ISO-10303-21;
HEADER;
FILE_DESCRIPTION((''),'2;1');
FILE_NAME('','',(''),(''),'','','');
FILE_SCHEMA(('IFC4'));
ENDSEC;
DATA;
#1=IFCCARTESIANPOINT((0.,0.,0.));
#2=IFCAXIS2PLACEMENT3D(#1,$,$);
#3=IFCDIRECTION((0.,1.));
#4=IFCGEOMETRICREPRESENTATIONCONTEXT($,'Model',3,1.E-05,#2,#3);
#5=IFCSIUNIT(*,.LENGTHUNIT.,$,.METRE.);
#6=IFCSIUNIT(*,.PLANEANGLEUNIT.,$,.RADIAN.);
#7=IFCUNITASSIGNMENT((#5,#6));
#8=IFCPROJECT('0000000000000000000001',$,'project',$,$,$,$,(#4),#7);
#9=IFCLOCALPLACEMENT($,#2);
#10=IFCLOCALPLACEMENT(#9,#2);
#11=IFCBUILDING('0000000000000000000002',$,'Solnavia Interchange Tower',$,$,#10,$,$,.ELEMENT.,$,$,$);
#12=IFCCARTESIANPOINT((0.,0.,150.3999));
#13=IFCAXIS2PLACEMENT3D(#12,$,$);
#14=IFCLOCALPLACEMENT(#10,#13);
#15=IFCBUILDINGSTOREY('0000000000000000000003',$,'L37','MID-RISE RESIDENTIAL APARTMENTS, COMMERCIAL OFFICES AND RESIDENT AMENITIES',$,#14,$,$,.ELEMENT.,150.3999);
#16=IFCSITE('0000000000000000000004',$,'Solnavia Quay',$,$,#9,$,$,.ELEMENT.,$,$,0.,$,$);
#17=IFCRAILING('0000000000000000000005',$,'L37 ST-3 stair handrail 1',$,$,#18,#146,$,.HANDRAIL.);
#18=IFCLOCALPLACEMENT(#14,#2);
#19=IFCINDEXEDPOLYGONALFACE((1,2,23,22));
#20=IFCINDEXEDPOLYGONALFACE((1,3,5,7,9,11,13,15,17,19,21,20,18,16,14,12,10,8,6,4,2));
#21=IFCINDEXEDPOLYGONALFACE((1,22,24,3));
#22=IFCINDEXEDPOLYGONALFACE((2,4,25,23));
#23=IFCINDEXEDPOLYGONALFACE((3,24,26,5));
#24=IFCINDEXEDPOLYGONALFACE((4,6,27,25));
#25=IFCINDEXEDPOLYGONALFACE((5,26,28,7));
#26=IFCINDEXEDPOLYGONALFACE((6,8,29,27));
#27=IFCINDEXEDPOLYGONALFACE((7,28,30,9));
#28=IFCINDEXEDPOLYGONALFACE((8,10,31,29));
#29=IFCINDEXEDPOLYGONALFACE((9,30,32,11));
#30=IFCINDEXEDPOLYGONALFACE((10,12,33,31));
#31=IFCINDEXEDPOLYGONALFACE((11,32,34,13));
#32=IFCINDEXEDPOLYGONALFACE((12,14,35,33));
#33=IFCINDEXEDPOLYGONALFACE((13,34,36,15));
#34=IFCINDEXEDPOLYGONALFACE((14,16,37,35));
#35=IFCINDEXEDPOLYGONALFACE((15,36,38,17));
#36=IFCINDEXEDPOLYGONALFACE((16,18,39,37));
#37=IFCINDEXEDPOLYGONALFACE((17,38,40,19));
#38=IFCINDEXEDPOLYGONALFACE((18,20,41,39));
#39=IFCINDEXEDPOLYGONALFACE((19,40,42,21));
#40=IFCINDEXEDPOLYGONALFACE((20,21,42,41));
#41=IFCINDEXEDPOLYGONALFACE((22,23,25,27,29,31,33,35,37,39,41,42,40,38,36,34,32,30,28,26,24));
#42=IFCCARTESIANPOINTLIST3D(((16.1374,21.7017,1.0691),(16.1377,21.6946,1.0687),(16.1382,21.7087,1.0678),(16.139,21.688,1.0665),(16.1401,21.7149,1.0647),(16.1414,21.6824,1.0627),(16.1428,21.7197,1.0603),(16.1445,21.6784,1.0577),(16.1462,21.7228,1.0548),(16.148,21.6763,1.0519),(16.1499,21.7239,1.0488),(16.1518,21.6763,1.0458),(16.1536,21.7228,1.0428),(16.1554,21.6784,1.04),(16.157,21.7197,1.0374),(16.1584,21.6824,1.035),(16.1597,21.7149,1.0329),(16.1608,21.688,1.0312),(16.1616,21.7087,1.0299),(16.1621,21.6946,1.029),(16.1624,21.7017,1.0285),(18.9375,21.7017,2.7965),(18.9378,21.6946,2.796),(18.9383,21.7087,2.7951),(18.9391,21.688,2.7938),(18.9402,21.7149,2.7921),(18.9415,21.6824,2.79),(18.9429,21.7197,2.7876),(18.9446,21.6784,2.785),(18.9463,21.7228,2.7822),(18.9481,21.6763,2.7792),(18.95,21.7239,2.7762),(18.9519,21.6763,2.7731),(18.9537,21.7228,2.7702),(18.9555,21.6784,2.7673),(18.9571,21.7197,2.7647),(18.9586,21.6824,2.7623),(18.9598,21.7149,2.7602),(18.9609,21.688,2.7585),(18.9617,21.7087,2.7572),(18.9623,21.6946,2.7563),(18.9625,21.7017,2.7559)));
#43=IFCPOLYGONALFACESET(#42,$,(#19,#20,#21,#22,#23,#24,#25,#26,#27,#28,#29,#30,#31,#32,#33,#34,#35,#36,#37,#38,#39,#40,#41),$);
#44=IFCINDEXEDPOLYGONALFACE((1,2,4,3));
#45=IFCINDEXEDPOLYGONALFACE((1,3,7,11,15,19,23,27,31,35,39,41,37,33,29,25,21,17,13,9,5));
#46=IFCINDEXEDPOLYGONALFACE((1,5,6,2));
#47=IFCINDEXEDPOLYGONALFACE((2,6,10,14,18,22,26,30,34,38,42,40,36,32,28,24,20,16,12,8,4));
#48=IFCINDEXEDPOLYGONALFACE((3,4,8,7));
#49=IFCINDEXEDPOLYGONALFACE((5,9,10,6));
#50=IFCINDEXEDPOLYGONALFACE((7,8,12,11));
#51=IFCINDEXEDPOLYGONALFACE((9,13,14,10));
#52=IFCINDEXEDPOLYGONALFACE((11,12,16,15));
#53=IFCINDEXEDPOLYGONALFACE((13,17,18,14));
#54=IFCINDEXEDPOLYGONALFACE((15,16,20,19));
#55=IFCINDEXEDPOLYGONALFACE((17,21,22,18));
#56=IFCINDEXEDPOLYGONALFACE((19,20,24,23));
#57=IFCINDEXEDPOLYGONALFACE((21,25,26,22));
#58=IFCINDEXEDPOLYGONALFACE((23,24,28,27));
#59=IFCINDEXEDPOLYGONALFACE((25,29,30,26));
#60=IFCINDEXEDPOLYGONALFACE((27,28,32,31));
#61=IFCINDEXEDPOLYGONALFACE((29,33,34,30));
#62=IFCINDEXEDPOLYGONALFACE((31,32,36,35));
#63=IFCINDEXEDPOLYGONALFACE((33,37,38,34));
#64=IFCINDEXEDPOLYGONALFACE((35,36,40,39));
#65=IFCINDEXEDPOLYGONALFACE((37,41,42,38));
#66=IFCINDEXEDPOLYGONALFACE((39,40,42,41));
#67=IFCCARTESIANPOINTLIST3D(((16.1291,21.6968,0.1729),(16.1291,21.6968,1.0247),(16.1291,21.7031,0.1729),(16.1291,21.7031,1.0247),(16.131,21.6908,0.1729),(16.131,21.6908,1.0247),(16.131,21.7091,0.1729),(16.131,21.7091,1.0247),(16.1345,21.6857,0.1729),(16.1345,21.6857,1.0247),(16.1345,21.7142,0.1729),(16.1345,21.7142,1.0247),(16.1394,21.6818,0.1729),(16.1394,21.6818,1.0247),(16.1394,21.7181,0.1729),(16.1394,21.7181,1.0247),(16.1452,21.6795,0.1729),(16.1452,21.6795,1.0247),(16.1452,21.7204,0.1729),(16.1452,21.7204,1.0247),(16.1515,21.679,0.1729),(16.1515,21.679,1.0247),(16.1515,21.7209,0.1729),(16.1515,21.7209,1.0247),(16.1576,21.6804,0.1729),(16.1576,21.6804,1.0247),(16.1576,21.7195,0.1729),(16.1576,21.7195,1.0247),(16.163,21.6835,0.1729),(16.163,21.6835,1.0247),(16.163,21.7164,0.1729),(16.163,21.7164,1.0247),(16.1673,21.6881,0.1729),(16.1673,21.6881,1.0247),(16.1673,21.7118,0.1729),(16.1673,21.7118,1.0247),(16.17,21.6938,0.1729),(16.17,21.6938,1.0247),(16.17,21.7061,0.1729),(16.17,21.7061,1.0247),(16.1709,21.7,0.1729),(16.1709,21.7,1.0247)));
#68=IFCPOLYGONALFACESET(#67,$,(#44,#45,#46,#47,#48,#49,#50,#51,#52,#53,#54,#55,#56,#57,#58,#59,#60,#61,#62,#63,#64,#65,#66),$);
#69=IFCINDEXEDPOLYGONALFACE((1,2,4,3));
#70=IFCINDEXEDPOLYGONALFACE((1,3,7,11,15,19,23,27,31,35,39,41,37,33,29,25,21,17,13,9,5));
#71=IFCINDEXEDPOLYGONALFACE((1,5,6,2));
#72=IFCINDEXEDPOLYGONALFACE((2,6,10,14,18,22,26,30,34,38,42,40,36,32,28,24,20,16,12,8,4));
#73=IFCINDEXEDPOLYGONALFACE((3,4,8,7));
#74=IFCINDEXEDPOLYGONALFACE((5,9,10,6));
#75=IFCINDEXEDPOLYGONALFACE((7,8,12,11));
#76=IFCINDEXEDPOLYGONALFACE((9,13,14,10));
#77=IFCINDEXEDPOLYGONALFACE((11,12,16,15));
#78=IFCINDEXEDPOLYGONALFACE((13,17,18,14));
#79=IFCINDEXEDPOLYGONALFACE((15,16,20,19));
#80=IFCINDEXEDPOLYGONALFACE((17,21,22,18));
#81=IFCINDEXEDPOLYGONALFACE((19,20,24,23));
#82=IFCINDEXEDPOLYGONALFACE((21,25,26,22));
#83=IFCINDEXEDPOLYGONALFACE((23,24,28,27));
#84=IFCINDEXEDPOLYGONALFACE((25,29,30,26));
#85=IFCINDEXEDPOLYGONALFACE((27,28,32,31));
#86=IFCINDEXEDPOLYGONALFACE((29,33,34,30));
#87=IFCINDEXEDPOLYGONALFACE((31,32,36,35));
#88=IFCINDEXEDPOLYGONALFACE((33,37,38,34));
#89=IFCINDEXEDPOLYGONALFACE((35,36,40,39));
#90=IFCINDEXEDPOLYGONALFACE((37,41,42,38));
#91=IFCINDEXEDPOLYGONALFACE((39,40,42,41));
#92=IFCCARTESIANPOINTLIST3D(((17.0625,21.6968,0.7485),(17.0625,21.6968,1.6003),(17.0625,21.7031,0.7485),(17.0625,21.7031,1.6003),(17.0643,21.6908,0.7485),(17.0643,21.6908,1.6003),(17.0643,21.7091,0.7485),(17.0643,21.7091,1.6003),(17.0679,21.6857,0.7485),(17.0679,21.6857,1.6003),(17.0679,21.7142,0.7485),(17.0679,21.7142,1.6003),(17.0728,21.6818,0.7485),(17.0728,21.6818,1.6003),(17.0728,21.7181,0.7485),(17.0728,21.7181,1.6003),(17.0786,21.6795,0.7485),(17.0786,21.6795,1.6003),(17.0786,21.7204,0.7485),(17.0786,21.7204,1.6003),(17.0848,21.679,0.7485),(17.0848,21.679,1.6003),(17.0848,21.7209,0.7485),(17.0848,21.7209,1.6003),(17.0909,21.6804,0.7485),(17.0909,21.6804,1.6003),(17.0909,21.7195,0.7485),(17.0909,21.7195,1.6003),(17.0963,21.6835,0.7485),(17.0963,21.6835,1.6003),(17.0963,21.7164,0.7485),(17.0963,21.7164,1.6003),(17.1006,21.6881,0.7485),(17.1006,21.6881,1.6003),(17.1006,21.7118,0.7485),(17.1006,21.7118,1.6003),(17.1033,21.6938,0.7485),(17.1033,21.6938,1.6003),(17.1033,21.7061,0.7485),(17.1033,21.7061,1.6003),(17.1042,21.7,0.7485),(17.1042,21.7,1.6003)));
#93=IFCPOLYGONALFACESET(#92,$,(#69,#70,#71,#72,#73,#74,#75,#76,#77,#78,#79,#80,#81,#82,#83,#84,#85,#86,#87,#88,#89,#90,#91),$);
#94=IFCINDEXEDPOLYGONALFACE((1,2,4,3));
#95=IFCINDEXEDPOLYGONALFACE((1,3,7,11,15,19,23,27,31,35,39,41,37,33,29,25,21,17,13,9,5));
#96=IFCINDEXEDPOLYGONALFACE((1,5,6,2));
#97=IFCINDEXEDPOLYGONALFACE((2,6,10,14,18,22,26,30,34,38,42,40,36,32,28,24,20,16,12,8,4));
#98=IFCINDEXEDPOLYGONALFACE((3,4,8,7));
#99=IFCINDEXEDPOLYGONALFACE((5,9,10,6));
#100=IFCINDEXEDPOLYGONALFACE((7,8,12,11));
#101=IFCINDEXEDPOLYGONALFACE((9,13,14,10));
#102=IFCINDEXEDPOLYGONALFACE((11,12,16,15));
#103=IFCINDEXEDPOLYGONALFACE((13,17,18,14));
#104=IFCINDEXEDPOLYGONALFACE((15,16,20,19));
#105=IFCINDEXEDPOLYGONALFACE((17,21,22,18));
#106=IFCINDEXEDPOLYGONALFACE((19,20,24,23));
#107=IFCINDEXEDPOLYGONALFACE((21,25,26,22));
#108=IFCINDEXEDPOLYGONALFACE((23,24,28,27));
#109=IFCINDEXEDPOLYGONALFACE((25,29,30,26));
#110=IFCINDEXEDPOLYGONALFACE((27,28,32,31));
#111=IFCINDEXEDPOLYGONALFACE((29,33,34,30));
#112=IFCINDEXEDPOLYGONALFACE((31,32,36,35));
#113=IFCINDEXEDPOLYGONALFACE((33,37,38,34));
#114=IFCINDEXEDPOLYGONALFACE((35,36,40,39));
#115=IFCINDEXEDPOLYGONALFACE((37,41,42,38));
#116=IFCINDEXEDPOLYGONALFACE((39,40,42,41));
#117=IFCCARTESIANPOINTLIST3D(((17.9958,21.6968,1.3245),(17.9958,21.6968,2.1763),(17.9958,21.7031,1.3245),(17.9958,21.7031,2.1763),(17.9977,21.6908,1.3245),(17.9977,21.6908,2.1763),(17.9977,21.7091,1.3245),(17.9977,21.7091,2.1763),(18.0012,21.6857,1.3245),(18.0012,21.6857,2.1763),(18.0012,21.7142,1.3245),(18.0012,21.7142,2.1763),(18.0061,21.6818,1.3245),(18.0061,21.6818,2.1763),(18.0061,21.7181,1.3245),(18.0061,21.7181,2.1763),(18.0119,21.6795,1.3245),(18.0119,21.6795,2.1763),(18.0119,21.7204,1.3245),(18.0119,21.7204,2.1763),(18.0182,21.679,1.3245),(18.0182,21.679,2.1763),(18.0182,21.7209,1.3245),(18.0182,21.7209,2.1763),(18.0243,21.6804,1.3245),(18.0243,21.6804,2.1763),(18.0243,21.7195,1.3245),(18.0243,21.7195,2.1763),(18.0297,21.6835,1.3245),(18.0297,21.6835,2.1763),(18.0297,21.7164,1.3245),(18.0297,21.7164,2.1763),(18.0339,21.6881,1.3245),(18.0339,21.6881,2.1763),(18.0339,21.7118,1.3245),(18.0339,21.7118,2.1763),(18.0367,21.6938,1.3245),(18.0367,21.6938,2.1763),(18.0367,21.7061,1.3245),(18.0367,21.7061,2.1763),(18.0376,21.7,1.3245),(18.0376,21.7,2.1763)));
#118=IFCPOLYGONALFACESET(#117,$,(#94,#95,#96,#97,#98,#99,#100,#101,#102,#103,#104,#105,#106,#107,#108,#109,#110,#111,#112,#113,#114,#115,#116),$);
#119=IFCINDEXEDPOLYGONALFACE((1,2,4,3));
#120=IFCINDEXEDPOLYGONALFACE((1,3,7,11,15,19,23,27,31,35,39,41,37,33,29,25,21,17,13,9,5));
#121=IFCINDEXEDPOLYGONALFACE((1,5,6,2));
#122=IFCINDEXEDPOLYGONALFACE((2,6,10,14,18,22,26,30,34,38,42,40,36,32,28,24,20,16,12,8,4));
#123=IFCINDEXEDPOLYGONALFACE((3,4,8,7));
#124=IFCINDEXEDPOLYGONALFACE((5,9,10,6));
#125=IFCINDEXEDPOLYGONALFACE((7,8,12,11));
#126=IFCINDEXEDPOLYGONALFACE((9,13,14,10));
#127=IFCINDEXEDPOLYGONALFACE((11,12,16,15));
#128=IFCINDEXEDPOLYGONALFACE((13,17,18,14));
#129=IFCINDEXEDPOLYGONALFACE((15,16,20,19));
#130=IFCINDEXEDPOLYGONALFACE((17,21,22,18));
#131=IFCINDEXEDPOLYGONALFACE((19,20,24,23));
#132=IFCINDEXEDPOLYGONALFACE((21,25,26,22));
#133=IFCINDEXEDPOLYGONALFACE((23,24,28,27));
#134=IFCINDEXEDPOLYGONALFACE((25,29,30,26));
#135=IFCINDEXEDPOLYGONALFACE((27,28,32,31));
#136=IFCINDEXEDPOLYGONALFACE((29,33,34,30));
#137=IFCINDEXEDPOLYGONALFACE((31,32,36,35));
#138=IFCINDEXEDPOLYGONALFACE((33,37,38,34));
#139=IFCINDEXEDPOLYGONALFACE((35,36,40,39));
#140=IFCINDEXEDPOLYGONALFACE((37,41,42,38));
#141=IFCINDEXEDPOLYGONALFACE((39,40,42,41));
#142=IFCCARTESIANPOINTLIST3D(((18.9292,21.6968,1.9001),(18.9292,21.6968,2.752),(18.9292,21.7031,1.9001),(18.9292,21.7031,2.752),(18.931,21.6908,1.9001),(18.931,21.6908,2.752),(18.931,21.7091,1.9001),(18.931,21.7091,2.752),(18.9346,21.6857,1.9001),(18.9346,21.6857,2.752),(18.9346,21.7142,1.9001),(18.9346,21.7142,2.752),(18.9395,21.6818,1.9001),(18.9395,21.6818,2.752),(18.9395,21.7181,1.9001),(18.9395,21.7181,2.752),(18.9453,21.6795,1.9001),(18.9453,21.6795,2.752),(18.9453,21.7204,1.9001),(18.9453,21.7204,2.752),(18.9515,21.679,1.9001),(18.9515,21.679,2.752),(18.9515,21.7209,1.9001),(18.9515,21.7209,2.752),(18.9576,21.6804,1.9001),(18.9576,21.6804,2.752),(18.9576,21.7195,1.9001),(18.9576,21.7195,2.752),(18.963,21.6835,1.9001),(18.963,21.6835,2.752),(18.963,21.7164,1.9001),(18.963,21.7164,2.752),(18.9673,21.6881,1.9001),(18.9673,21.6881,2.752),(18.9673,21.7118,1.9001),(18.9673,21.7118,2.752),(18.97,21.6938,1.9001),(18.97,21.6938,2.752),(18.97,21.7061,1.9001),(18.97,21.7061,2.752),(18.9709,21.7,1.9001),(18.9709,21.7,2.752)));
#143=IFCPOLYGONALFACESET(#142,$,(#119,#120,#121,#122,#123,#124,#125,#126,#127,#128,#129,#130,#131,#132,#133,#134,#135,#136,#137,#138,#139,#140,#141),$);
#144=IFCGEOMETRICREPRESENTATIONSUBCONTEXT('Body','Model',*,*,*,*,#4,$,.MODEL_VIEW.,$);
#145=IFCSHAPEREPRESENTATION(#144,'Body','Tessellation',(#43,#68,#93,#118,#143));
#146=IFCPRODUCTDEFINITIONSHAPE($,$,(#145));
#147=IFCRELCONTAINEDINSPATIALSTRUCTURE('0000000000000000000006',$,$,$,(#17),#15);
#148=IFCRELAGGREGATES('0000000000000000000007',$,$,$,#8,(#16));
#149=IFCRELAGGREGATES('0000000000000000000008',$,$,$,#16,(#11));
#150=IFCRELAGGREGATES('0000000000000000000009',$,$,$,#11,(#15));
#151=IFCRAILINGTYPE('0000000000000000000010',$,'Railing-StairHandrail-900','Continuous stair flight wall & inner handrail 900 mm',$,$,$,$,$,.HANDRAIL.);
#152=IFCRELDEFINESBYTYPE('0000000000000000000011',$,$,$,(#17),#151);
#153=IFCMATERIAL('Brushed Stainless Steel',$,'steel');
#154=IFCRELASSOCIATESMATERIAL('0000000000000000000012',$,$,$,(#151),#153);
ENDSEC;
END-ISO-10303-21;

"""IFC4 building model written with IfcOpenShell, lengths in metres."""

from ifc_helpers import new_model, si_unit, direction, frame, origin, origin_2d, place, context, subcontext, project, spatial, circle, extrude, material, type_object, element, save


model = new_model("IFC4")

# Units and contexts
model_context = context("Model", 3, precision=1e-05, world=origin(), true_north=direction((0.0, 1.0)))
body_context = subcontext(model_context, "Body", "Model", "MODEL_VIEW")
ifc_project = project(units=[si_unit("LENGTHUNIT", "METRE"), si_unit("PLANEANGLEUNIT", "RADIAN")], contexts=[model_context])

# Site, building, storey
site_placement = place(None, origin())
site = spatial("IfcSite", under=ifc_project, at=site_placement, Name="Solnavia Quay", CompositionType="ELEMENT", RefElevation=0.0)
building_placement = place(site_placement, origin())
building = spatial("IfcBuilding", under=site, at=building_placement, Name="Solnavia Interchange Tower", CompositionType="ELEMENT")
storey_placement = place(building_placement, frame((0.0, 0.0, 150.3999)))
storey = spatial("IfcBuildingStorey", under=building, at=storey_placement, Name="L37", Description="MID-RISE RESIDENTIAL APARTMENTS, COMMERCIAL OFFICES AND RESIDENT AMENITIES", CompositionType="ELEMENT", Elevation=150.3999)

# Railing
ifc_material_1 = material(Name="Brushed Stainless Steel", Category="steel")
railing_type_1 = type_object("IfcRailingType", Name="Railing-StairHandrail-900", Description="Continuous stair flight wall & inner handrail 900 mm", PredefinedType="HANDRAIL", material=ifc_material_1)
railing_1_placement = place(storey_placement, frame((16.1499, 21.7, 0.1729)))
element("IfcRailing", 1, at=railing_1_placement, inside=storey, type_object=railing_type_1, Name="L37 ST-3 stair handrail 1", PredefinedType="HANDRAIL", context=body_context, shape_type="SweptSolid", body=[
    extrude(circle(Radius=0.0239, at=origin_2d()), frame((0.0, 0.0, 0.876), z_axis=(0.85109, 0.0, 0.52502), x_axis=(0.0, 1.0, 0.0)), (0.0, 0.0, 1.0), 3.29),
    extrude(circle(Radius=0.021, at=origin_2d()), origin(), (0.0, 0.0, 1.0), 0.8518),
    extrude(circle(Radius=0.021, at=origin_2d()), frame((0.9333, 0.0, 0.5757)), (0.0, 0.0, 1.0), 0.8518),
    extrude(circle(Radius=0.021, at=origin_2d()), frame((1.8667, 0.0, 1.1516)), (0.0, 0.0, 1.0), 0.8518),
    extrude(circle(Radius=0.021, at=origin_2d()), frame((2.8, 0.0, 1.7273)), (0.0, 0.0, 1.0), 0.8518),
])

save(model, "model.ifc")
